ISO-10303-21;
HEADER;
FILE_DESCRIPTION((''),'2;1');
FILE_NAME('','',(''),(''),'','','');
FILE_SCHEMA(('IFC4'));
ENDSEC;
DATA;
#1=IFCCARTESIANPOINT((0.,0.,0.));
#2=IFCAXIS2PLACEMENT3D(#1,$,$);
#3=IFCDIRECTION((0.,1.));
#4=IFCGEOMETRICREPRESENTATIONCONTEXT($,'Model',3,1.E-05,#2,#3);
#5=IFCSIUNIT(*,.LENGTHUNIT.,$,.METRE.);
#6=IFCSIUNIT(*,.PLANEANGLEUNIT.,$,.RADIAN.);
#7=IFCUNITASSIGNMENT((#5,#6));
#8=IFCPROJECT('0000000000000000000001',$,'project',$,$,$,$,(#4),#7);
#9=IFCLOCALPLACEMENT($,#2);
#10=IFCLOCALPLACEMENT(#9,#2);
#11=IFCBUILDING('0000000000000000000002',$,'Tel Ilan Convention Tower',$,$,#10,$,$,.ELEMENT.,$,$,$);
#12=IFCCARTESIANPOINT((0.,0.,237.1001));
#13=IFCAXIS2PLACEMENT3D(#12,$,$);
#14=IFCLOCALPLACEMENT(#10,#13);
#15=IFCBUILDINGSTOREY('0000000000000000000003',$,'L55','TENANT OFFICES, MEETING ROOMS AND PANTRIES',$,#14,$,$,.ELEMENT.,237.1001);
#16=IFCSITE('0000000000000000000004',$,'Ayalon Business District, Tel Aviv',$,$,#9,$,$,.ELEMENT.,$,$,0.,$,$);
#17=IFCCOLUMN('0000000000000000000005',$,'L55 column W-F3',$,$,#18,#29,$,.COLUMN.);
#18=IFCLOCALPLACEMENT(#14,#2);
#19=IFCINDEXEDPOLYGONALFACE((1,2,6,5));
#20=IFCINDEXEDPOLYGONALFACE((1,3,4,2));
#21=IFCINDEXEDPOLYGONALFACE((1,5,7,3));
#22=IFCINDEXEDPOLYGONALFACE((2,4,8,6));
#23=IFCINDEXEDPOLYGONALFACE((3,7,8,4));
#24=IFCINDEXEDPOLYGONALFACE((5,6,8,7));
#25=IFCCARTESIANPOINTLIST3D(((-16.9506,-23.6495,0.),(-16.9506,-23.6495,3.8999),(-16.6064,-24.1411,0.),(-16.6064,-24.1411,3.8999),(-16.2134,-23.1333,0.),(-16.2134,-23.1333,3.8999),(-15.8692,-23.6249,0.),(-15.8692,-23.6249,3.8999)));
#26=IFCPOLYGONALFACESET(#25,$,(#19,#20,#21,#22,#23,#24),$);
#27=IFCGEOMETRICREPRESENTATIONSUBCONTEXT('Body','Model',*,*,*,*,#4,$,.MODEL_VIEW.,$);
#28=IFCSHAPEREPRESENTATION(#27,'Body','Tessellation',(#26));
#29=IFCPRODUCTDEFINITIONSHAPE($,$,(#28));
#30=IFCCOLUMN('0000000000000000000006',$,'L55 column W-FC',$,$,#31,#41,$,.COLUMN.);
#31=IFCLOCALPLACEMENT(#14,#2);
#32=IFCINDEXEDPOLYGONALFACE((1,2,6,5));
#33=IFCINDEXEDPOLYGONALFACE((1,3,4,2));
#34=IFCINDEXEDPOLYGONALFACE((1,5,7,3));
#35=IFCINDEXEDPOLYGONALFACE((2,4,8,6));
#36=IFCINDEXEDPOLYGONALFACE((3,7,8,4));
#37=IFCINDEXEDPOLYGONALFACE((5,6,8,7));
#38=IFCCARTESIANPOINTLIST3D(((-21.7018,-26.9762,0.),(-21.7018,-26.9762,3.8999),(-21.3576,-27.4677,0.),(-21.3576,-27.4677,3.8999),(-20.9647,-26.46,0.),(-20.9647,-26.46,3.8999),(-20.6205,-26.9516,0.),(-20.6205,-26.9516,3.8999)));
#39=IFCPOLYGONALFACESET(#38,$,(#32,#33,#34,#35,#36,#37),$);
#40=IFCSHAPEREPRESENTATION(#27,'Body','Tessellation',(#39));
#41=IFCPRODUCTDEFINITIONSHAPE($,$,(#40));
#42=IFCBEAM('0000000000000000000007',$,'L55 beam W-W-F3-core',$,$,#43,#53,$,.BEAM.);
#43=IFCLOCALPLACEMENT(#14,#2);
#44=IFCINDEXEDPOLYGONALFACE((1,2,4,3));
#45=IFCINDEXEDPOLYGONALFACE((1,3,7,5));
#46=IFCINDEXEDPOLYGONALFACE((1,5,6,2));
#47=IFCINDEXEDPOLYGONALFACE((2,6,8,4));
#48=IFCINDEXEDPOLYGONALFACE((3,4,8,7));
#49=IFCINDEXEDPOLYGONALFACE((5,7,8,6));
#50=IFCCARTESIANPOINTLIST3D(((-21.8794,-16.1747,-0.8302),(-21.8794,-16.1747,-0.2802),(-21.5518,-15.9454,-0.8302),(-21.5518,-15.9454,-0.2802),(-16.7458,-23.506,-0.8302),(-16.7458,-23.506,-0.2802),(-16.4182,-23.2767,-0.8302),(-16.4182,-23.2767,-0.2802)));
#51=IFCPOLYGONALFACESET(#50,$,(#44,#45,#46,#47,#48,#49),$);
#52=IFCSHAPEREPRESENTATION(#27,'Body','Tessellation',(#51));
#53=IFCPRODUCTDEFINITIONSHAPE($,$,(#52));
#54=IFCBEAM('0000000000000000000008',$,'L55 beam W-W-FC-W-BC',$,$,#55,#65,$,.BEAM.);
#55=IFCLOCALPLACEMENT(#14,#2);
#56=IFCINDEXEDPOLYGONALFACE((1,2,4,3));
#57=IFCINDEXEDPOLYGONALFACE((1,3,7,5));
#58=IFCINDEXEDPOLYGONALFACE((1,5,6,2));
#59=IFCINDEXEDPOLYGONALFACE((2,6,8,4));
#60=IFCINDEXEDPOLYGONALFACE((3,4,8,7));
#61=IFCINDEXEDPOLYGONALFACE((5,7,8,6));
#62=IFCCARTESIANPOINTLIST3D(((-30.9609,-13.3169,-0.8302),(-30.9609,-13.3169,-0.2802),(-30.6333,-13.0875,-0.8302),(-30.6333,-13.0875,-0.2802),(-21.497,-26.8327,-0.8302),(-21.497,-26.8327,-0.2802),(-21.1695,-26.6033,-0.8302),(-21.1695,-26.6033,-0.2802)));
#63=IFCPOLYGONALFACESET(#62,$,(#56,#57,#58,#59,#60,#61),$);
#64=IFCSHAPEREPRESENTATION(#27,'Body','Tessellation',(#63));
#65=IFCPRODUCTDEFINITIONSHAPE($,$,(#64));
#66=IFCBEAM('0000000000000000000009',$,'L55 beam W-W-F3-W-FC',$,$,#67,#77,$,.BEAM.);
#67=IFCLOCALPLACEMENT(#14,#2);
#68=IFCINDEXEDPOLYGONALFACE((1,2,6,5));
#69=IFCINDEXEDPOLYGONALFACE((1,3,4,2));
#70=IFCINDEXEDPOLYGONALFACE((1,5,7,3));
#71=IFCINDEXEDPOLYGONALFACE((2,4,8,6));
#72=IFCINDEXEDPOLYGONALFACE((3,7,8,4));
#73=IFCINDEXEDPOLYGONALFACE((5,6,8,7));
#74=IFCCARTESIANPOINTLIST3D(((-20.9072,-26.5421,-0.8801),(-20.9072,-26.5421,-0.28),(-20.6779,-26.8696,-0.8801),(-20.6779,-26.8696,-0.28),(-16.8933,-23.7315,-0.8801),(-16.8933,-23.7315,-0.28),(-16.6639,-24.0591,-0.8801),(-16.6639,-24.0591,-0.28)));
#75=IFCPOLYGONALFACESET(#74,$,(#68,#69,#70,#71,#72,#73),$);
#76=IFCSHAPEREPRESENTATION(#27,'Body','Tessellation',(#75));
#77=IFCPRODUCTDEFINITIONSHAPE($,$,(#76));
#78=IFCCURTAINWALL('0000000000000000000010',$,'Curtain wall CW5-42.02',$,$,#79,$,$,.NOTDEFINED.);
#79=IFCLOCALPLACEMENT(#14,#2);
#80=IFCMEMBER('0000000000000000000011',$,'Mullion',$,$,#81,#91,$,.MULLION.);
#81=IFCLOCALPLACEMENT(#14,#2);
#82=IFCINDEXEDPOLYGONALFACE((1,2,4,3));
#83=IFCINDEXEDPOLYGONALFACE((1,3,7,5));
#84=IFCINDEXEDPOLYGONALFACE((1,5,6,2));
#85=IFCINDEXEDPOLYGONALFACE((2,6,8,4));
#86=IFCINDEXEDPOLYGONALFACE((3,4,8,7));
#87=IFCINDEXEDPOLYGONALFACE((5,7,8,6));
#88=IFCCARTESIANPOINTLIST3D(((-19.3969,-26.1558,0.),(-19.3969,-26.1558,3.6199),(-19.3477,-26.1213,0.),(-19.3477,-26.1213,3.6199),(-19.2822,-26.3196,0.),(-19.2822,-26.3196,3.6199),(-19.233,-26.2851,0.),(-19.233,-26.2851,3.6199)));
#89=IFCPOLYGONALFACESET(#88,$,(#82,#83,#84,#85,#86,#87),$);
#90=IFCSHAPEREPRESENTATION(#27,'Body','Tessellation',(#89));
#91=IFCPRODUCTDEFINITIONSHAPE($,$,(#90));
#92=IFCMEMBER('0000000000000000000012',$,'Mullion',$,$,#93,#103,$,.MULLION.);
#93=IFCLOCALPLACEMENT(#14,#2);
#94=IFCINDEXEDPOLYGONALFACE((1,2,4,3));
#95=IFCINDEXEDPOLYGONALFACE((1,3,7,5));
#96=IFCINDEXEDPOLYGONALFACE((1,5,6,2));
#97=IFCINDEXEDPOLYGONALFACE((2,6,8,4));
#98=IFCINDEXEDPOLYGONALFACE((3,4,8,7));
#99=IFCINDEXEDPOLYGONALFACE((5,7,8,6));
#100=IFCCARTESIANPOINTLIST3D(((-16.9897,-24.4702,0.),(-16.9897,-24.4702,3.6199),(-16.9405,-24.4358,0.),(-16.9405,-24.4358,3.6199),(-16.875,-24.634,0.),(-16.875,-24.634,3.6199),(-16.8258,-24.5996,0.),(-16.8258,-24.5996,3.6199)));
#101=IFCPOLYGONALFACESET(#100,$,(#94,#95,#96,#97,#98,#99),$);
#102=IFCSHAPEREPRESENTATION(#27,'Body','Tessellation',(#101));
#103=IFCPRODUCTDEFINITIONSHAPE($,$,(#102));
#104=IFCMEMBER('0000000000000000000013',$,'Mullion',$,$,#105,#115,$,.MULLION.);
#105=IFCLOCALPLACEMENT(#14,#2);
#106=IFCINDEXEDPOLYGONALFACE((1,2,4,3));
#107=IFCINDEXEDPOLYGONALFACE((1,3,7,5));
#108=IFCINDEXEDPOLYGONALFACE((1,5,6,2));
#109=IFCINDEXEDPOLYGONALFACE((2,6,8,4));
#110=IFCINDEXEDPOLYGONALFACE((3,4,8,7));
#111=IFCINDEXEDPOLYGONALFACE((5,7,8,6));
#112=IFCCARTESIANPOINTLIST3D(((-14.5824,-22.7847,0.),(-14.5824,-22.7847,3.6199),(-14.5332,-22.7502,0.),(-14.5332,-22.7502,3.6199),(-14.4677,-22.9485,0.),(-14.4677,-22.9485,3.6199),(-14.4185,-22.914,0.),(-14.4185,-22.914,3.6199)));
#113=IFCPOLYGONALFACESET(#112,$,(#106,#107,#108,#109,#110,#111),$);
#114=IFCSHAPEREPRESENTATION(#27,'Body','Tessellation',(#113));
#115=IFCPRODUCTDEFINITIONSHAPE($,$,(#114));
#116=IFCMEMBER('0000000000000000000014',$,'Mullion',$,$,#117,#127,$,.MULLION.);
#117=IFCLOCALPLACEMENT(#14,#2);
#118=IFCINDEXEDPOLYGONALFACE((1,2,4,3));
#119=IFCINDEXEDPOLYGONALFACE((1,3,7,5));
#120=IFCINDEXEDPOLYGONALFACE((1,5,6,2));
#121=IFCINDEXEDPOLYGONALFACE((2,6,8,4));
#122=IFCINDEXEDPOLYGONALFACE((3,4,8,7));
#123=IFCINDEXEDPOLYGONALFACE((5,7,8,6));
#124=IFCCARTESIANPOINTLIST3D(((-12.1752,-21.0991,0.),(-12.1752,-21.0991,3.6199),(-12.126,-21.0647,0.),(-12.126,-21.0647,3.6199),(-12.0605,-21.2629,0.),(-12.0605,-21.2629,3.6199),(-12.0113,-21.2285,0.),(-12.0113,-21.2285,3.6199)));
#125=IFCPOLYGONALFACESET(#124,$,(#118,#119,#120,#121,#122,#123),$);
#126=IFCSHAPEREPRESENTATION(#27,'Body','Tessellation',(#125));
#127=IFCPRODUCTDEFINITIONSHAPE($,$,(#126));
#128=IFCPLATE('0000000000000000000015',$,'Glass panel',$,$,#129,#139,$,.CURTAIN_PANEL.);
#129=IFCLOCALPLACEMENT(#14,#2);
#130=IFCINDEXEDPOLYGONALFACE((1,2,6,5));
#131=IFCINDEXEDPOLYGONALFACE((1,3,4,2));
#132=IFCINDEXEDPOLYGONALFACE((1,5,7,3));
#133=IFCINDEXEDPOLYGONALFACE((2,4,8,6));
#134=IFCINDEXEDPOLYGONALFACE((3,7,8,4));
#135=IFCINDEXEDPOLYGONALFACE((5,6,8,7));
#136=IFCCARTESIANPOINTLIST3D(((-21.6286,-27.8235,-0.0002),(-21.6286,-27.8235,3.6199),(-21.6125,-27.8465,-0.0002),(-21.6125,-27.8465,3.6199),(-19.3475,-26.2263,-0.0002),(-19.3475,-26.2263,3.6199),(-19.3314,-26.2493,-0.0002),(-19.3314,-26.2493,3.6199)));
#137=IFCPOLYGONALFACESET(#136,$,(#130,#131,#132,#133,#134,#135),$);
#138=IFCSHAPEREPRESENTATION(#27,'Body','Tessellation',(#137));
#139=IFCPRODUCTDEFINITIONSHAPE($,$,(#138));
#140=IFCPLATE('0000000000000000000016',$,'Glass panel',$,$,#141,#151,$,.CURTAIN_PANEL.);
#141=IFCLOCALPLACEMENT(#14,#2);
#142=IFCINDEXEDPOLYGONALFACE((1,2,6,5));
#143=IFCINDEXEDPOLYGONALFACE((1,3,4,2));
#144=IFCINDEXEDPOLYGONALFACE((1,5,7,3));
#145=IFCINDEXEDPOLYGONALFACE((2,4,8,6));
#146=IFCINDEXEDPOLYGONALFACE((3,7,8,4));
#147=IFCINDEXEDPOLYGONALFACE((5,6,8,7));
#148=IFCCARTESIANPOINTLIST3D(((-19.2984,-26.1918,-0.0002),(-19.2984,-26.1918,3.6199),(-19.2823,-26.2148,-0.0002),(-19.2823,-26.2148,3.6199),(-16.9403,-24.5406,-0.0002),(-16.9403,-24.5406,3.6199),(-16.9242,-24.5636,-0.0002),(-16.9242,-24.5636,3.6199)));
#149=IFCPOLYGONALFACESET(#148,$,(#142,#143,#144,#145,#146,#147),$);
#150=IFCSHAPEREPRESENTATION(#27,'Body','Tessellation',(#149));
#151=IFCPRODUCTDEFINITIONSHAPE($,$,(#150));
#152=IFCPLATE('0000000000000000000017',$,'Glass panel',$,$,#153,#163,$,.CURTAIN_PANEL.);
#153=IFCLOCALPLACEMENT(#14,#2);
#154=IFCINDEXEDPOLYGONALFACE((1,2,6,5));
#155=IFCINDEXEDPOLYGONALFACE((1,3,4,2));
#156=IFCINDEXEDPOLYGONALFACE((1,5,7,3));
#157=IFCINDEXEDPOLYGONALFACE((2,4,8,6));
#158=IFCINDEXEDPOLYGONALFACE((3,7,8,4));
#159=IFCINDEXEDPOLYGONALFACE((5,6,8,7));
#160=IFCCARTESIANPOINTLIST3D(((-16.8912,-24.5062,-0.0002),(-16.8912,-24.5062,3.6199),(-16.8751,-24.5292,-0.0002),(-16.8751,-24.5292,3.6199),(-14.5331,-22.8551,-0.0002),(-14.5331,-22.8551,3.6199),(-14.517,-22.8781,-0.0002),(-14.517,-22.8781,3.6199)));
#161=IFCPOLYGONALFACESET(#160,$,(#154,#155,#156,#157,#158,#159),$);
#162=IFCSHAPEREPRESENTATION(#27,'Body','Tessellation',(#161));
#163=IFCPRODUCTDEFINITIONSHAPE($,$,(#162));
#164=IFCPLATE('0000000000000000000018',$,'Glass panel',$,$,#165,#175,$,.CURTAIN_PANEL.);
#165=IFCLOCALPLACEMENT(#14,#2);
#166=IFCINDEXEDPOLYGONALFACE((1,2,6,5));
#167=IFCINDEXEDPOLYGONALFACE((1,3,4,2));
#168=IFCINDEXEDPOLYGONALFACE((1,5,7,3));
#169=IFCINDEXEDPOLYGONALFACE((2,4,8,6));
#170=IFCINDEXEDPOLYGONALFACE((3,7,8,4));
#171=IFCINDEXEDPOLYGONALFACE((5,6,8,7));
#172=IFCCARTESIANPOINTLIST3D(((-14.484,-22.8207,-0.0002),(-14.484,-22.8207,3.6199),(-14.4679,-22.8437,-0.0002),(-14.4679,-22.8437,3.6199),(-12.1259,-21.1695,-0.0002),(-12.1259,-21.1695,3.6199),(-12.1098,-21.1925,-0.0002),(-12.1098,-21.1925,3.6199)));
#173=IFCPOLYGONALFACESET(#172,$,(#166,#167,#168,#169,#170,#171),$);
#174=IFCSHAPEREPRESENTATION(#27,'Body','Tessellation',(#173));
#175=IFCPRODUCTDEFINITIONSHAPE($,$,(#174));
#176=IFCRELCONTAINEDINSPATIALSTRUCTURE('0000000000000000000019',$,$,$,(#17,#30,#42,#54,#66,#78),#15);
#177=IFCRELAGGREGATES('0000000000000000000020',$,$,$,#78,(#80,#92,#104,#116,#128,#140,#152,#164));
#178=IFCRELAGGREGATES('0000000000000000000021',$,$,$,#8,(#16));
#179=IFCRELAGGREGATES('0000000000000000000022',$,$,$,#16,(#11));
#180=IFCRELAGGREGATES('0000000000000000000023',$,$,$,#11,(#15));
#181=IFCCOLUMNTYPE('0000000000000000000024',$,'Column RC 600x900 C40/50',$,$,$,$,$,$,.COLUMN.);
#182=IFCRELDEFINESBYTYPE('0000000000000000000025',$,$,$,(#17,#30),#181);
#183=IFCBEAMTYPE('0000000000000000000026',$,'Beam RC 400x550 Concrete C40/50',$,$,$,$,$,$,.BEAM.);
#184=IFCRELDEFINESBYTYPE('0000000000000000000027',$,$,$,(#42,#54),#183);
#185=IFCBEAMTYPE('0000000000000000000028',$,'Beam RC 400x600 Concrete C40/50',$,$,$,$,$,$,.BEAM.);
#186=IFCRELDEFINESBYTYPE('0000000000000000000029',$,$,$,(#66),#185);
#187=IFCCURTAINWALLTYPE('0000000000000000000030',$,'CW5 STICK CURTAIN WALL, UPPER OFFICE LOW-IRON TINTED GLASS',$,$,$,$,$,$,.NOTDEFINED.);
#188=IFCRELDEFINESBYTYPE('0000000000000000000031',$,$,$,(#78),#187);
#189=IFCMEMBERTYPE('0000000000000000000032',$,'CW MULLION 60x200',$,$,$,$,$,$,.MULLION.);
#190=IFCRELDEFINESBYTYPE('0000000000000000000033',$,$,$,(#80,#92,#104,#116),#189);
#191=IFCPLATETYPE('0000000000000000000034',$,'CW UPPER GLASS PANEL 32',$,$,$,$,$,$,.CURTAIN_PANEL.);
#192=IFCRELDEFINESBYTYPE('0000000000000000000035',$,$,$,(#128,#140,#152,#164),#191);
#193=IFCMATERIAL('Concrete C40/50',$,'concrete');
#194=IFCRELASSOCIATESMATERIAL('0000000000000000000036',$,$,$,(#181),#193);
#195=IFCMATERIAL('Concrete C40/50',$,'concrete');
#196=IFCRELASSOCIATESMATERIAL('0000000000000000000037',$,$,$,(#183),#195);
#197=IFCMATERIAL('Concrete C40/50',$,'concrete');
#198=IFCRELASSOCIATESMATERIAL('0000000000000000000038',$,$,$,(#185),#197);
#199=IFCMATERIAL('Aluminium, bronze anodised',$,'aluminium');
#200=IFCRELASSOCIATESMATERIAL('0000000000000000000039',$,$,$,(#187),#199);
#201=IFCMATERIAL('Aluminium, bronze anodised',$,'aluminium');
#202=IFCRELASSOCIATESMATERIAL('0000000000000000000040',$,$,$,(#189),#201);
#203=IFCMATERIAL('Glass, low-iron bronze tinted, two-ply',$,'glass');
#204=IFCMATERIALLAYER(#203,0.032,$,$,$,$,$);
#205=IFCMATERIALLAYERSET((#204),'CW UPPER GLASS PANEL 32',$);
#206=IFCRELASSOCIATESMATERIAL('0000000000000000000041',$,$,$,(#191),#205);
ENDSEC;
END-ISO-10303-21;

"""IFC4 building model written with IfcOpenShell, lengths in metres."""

from ifc_helpers import new_model, si_unit, direction, frame, origin, origin_2d, place, context, subcontext, project, spatial, rectangle, extrude, material, layer, layer_set, material_profile, profile_set, type_object, element, aggregate, save


model = new_model("IFC4")

# Units and contexts
model_context = context("Model", 3, precision=1e-05, world=origin(), true_north=direction((0.0, 1.0)))
body_context = subcontext(model_context, "Body", "Model", "MODEL_VIEW")
ifc_project = project(units=[si_unit("LENGTHUNIT", "METRE"), si_unit("PLANEANGLEUNIT", "RADIAN")], contexts=[model_context])

# Site, building, storey
site_placement = place(None, origin())
site = spatial("IfcSite", under=ifc_project, at=site_placement, Name="Ayalon Business District, Tel Aviv", CompositionType="ELEMENT", RefElevation=0.0)
building_placement = place(site_placement, origin())
building = spatial("IfcBuilding", under=site, at=building_placement, Name="Tel Ilan Convention Tower", CompositionType="ELEMENT")
storey_placement = place(building_placement, frame((0.0, 0.0, 237.1001)))
storey = spatial("IfcBuildingStorey", under=building, at=storey_placement, Name="L55", Description="TENANT OFFICES, MEETING ROOMS AND PANTRIES", CompositionType="ELEMENT", Elevation=237.1001)

# Columns
ifc_material_1 = material(Name="Concrete C40/50", Category="concrete")
ifc_material_profile_1 = material_profile(ifc_material_1, rectangle(XDim=0.8999, YDim=0.6001, at=origin_2d()), Name="RC 600x900")
ifc_profile_set_1 = profile_set([ifc_material_profile_1], Name="Concrete C40/50")
column_type = type_object("IfcColumnType", Name="Column RC 600x900 C40/50", PredefinedType="COLUMN", material=ifc_profile_set_1)
for number, where, z_axis, x_axis, name in (
    (1, (-16.4099, -23.6372, 0.0), (0.0, 0.0, 1.0), (-0.819152, -0.573576, 0.0), "L55 column W-F3"),
    (2, (-21.1611, -26.9639, 0.0), (0.0, 0.0, 1.0), (-0.819152, -0.573576, 0.0), "L55 column W-FC"),
):
    element("IfcColumn", number, at=place(storey_placement, frame(where, z_axis=z_axis, x_axis=x_axis)), inside=storey, type_object=column_type, Name=name, PredefinedType="COLUMN", context=body_context, shape_type="SweptSolid", body=[
        extrude(rectangle(XDim=0.8999, YDim=0.6001, at=origin_2d()), origin(), (0.0, 0.0, 1.0), 3.8999),
    ])

# Beams
ifc_material_2 = material(Name="Concrete C40/50", Category="concrete")
ifc_material_profile_2 = material_profile(ifc_material_2, rectangle(XDim=0.3999, YDim=0.55, at=origin_2d()), Name="RC 400x550")
ifc_profile_set_2 = profile_set([ifc_material_profile_2], Name="Concrete C40/50")
beam_type_1 = type_object("IfcBeamType", Name="Beam RC 400x550 Concrete C40/50", PredefinedType="BEAM", material=ifc_profile_set_2)
beam_1_placement = place(storey_placement, frame((-16.582, -23.3914, -0.5552), z_axis=(-0.573585, 0.819146, 0.0), x_axis=(-0.819146, -0.573585, 0.0)))
element("IfcBeam", 3, at=beam_1_placement, inside=storey, type_object=beam_type_1, Name="L55 beam W-W-F3-core", PredefinedType="BEAM", context=body_context, shape_type="SweptSolid", body=[
    extrude(rectangle(XDim=0.3999, YDim=0.55, at=origin_2d()), origin(), (0.0, 0.0, 1.0), 8.95),
])
beam_2_placement = place(storey_placement, frame((-21.3333, -26.718, -0.5552), z_axis=(-0.573575, 0.819153, 0.0), x_axis=(-0.819153, -0.573575, 0.0)))
element("IfcBeam", 4, at=beam_2_placement, inside=storey, type_object=beam_type_1, Name="L55 beam W-W-FC-W-BC", PredefinedType="BEAM", context=body_context, shape_type="SweptSolid", body=[
    extrude(rectangle(XDim=0.3999, YDim=0.55, at=origin_2d()), origin(), (0.0, 0.0, 1.0), 16.4998),
])
ifc_material_3 = material(Name="Concrete C40/50", Category="concrete")
ifc_material_profile_3 = material_profile(ifc_material_3, rectangle(XDim=0.3999, YDim=0.6001, at=origin_2d()), Name="RC 400x600")
ifc_profile_set_3 = profile_set([ifc_material_profile_3], Name="Concrete C40/50")
beam_type_2 = type_object("IfcBeamType", Name="Beam RC 400x600 Concrete C40/50", PredefinedType="BEAM", material=ifc_profile_set_3)
beam_3_placement = place(storey_placement, frame((-16.7786, -23.8953, -0.5801), z_axis=(-0.819155, -0.573573, 0.0), x_axis=(0.573573, -0.819155, 0.0)))
element("IfcBeam", 5, at=beam_3_placement, inside=storey, type_object=beam_type_2, Name="L55 beam W-W-F3-W-FC", PredefinedType="BEAM", context=body_context, shape_type="SweptSolid", body=[
    extrude(rectangle(XDim=0.3999, YDim=0.6001, at=origin_2d()), origin(), (0.0, 0.0, 1.0), 4.9001),
])

# Curtain wall, members, plates
ifc_material_4 = material(Name="Aluminium, bronze anodised", Category="aluminium")
curtain_wall_type = type_object("IfcCurtainWallType", Name="CW5 STICK CURTAIN WALL, UPPER OFFICE LOW-IRON TINTED GLASS", PredefinedType="NOTDEFINED", material=ifc_material_4)
curtain_wall_placement = place(storey_placement, origin())
curtain_wall = element("IfcCurtainWall", 6, at=curtain_wall_placement, inside=storey, type_object=curtain_wall_type, Name="Curtain wall CW5-42.02", PredefinedType="NOTDEFINED")
ifc_material_5 = material(Name="Aluminium, bronze anodised", Category="aluminium")
ifc_material_profile_4 = material_profile(ifc_material_5, rectangle(XDim=0.0601, YDim=0.2, at=origin_2d()), Name="CW MULLION 60x200")
ifc_profile_set_4 = profile_set([ifc_material_profile_4], Name="Aluminium, bronze anodised")
member_type = type_object("IfcMemberType", Name="CW MULLION 60x200", PredefinedType="MULLION", material=ifc_profile_set_4)
member_1_placement = place(storey_placement, frame((-19.3149, -26.2205, 0.0), z_axis=(0.0, 0.0, 1.0), x_axis=(0.819152, 0.573576, 0.0)))
member_1 = element("IfcMember", 7, at=member_1_placement, type_object=member_type, Name="Mullion", PredefinedType="MULLION", context=body_context, shape_type="SweptSolid", body=[
    extrude(rectangle(XDim=0.0601, YDim=0.2, at=origin_2d()), origin(), (0.0, 0.0, 1.0), 3.6199),
])
member_2_placement = place(storey_placement, frame((-16.9077, -24.5349, 0.0), z_axis=(0.0, 0.0, 1.0), x_axis=(0.819152, 0.573576, 0.0)))
member_2 = element("IfcMember", 8, at=member_2_placement, type_object=member_type, Name="Mullion", PredefinedType="MULLION", context=body_context, shape_type="SweptSolid", body=[
    extrude(rectangle(XDim=0.0601, YDim=0.2, at=origin_2d()), origin(), (0.0, 0.0, 1.0), 3.6199),
])
member_3_placement = place(storey_placement, frame((-14.5005, -22.8494, 0.0), z_axis=(0.0, 0.0, 1.0), x_axis=(0.819152, 0.573576, 0.0)))
member_3 = element("IfcMember", 9, at=member_3_placement, type_object=member_type, Name="Mullion", PredefinedType="MULLION", context=body_context, shape_type="SweptSolid", body=[
    extrude(rectangle(XDim=0.0601, YDim=0.2, at=origin_2d()), origin(), (0.0, 0.0, 1.0), 3.6199),
])
member_4_placement = place(storey_placement, frame((-12.0933, -21.1638, 0.0), z_axis=(0.0, 0.0, 1.0), x_axis=(0.819152, 0.573576, 0.0)))
member_4 = element("IfcMember", 10, at=member_4_placement, type_object=member_type, Name="Mullion", PredefinedType="MULLION", context=body_context, shape_type="SweptSolid", body=[
    extrude(rectangle(XDim=0.0601, YDim=0.2, at=origin_2d()), origin(), (0.0, 0.0, 1.0), 3.6199),
])
ifc_material_6 = material(Name="Glass, low-iron bronze tinted, two-ply", Category="glass")
ifc_layer_1 = layer(ifc_material_6, 0.032)
ifc_layer_set_1 = layer_set([ifc_layer_1], Name="CW UPPER GLASS PANEL 32")
plate_type = type_object("IfcPlateType", Name="CW UPPER GLASS PANEL 32", PredefinedType="CURTAIN_PANEL", material=ifc_layer_set_1)
plate_1_placement = place(storey_placement, frame((-20.48, -27.0364, -0.0002), z_axis=(0.0, 0.0, 1.0), x_axis=(0.819152, 0.573576, 0.0)))
plate_1 = element("IfcPlate", 11, at=plate_1_placement, type_object=plate_type, Name="Glass panel", PredefinedType="CURTAIN_PANEL", context=body_context, shape_type="SweptSolid", body=[
    extrude(rectangle(XDim=2.7847, YDim=0.0281, at=origin_2d()), origin(), (0.0, 0.0, 1.0), 3.6201),
])
plate_2_placement = place(storey_placement, frame((-18.1113, -25.3777, -0.0002), z_axis=(0.0, 0.0, 1.0), x_axis=(0.819152, 0.573576, 0.0)))
plate_2 = element("IfcPlate", 12, at=plate_2_placement, type_object=plate_type, Name="Glass panel", PredefinedType="CURTAIN_PANEL", context=body_context, shape_type="SweptSolid", body=[
    extrude(rectangle(XDim=2.8787, YDim=0.0281, at=origin_2d()), origin(), (0.0, 0.0, 1.0), 3.6201),
])
plate_3_placement = place(storey_placement, frame((-15.7041, -23.6921, -0.0002), z_axis=(0.0, 0.0, 1.0), x_axis=(0.819152, 0.573576, 0.0)))
plate_3 = element("IfcPlate", 13, at=plate_3_placement, type_object=plate_type, Name="Glass panel", PredefinedType="CURTAIN_PANEL", context=body_context, shape_type="SweptSolid", body=[
    extrude(rectangle(XDim=2.8787, YDim=0.0281, at=origin_2d()), origin(), (0.0, 0.0, 1.0), 3.6201),
])
plate_4_placement = place(storey_placement, frame((-13.2969, -22.0066, -0.0002), z_axis=(0.0, 0.0, 1.0), x_axis=(0.819152, 0.573576, 0.0)))
plate_4 = element("IfcPlate", 14, at=plate_4_placement, type_object=plate_type, Name="Glass panel", PredefinedType="CURTAIN_PANEL", context=body_context, shape_type="SweptSolid", body=[
    extrude(rectangle(XDim=2.8787, YDim=0.0281, at=origin_2d()), origin(), (0.0, 0.0, 1.0), 3.6201),
])
aggregate(curtain_wall, [member_1, member_2, member_3, member_4, plate_1, plate_2, plate_3, plate_4])

save(model, "model.ifc")
